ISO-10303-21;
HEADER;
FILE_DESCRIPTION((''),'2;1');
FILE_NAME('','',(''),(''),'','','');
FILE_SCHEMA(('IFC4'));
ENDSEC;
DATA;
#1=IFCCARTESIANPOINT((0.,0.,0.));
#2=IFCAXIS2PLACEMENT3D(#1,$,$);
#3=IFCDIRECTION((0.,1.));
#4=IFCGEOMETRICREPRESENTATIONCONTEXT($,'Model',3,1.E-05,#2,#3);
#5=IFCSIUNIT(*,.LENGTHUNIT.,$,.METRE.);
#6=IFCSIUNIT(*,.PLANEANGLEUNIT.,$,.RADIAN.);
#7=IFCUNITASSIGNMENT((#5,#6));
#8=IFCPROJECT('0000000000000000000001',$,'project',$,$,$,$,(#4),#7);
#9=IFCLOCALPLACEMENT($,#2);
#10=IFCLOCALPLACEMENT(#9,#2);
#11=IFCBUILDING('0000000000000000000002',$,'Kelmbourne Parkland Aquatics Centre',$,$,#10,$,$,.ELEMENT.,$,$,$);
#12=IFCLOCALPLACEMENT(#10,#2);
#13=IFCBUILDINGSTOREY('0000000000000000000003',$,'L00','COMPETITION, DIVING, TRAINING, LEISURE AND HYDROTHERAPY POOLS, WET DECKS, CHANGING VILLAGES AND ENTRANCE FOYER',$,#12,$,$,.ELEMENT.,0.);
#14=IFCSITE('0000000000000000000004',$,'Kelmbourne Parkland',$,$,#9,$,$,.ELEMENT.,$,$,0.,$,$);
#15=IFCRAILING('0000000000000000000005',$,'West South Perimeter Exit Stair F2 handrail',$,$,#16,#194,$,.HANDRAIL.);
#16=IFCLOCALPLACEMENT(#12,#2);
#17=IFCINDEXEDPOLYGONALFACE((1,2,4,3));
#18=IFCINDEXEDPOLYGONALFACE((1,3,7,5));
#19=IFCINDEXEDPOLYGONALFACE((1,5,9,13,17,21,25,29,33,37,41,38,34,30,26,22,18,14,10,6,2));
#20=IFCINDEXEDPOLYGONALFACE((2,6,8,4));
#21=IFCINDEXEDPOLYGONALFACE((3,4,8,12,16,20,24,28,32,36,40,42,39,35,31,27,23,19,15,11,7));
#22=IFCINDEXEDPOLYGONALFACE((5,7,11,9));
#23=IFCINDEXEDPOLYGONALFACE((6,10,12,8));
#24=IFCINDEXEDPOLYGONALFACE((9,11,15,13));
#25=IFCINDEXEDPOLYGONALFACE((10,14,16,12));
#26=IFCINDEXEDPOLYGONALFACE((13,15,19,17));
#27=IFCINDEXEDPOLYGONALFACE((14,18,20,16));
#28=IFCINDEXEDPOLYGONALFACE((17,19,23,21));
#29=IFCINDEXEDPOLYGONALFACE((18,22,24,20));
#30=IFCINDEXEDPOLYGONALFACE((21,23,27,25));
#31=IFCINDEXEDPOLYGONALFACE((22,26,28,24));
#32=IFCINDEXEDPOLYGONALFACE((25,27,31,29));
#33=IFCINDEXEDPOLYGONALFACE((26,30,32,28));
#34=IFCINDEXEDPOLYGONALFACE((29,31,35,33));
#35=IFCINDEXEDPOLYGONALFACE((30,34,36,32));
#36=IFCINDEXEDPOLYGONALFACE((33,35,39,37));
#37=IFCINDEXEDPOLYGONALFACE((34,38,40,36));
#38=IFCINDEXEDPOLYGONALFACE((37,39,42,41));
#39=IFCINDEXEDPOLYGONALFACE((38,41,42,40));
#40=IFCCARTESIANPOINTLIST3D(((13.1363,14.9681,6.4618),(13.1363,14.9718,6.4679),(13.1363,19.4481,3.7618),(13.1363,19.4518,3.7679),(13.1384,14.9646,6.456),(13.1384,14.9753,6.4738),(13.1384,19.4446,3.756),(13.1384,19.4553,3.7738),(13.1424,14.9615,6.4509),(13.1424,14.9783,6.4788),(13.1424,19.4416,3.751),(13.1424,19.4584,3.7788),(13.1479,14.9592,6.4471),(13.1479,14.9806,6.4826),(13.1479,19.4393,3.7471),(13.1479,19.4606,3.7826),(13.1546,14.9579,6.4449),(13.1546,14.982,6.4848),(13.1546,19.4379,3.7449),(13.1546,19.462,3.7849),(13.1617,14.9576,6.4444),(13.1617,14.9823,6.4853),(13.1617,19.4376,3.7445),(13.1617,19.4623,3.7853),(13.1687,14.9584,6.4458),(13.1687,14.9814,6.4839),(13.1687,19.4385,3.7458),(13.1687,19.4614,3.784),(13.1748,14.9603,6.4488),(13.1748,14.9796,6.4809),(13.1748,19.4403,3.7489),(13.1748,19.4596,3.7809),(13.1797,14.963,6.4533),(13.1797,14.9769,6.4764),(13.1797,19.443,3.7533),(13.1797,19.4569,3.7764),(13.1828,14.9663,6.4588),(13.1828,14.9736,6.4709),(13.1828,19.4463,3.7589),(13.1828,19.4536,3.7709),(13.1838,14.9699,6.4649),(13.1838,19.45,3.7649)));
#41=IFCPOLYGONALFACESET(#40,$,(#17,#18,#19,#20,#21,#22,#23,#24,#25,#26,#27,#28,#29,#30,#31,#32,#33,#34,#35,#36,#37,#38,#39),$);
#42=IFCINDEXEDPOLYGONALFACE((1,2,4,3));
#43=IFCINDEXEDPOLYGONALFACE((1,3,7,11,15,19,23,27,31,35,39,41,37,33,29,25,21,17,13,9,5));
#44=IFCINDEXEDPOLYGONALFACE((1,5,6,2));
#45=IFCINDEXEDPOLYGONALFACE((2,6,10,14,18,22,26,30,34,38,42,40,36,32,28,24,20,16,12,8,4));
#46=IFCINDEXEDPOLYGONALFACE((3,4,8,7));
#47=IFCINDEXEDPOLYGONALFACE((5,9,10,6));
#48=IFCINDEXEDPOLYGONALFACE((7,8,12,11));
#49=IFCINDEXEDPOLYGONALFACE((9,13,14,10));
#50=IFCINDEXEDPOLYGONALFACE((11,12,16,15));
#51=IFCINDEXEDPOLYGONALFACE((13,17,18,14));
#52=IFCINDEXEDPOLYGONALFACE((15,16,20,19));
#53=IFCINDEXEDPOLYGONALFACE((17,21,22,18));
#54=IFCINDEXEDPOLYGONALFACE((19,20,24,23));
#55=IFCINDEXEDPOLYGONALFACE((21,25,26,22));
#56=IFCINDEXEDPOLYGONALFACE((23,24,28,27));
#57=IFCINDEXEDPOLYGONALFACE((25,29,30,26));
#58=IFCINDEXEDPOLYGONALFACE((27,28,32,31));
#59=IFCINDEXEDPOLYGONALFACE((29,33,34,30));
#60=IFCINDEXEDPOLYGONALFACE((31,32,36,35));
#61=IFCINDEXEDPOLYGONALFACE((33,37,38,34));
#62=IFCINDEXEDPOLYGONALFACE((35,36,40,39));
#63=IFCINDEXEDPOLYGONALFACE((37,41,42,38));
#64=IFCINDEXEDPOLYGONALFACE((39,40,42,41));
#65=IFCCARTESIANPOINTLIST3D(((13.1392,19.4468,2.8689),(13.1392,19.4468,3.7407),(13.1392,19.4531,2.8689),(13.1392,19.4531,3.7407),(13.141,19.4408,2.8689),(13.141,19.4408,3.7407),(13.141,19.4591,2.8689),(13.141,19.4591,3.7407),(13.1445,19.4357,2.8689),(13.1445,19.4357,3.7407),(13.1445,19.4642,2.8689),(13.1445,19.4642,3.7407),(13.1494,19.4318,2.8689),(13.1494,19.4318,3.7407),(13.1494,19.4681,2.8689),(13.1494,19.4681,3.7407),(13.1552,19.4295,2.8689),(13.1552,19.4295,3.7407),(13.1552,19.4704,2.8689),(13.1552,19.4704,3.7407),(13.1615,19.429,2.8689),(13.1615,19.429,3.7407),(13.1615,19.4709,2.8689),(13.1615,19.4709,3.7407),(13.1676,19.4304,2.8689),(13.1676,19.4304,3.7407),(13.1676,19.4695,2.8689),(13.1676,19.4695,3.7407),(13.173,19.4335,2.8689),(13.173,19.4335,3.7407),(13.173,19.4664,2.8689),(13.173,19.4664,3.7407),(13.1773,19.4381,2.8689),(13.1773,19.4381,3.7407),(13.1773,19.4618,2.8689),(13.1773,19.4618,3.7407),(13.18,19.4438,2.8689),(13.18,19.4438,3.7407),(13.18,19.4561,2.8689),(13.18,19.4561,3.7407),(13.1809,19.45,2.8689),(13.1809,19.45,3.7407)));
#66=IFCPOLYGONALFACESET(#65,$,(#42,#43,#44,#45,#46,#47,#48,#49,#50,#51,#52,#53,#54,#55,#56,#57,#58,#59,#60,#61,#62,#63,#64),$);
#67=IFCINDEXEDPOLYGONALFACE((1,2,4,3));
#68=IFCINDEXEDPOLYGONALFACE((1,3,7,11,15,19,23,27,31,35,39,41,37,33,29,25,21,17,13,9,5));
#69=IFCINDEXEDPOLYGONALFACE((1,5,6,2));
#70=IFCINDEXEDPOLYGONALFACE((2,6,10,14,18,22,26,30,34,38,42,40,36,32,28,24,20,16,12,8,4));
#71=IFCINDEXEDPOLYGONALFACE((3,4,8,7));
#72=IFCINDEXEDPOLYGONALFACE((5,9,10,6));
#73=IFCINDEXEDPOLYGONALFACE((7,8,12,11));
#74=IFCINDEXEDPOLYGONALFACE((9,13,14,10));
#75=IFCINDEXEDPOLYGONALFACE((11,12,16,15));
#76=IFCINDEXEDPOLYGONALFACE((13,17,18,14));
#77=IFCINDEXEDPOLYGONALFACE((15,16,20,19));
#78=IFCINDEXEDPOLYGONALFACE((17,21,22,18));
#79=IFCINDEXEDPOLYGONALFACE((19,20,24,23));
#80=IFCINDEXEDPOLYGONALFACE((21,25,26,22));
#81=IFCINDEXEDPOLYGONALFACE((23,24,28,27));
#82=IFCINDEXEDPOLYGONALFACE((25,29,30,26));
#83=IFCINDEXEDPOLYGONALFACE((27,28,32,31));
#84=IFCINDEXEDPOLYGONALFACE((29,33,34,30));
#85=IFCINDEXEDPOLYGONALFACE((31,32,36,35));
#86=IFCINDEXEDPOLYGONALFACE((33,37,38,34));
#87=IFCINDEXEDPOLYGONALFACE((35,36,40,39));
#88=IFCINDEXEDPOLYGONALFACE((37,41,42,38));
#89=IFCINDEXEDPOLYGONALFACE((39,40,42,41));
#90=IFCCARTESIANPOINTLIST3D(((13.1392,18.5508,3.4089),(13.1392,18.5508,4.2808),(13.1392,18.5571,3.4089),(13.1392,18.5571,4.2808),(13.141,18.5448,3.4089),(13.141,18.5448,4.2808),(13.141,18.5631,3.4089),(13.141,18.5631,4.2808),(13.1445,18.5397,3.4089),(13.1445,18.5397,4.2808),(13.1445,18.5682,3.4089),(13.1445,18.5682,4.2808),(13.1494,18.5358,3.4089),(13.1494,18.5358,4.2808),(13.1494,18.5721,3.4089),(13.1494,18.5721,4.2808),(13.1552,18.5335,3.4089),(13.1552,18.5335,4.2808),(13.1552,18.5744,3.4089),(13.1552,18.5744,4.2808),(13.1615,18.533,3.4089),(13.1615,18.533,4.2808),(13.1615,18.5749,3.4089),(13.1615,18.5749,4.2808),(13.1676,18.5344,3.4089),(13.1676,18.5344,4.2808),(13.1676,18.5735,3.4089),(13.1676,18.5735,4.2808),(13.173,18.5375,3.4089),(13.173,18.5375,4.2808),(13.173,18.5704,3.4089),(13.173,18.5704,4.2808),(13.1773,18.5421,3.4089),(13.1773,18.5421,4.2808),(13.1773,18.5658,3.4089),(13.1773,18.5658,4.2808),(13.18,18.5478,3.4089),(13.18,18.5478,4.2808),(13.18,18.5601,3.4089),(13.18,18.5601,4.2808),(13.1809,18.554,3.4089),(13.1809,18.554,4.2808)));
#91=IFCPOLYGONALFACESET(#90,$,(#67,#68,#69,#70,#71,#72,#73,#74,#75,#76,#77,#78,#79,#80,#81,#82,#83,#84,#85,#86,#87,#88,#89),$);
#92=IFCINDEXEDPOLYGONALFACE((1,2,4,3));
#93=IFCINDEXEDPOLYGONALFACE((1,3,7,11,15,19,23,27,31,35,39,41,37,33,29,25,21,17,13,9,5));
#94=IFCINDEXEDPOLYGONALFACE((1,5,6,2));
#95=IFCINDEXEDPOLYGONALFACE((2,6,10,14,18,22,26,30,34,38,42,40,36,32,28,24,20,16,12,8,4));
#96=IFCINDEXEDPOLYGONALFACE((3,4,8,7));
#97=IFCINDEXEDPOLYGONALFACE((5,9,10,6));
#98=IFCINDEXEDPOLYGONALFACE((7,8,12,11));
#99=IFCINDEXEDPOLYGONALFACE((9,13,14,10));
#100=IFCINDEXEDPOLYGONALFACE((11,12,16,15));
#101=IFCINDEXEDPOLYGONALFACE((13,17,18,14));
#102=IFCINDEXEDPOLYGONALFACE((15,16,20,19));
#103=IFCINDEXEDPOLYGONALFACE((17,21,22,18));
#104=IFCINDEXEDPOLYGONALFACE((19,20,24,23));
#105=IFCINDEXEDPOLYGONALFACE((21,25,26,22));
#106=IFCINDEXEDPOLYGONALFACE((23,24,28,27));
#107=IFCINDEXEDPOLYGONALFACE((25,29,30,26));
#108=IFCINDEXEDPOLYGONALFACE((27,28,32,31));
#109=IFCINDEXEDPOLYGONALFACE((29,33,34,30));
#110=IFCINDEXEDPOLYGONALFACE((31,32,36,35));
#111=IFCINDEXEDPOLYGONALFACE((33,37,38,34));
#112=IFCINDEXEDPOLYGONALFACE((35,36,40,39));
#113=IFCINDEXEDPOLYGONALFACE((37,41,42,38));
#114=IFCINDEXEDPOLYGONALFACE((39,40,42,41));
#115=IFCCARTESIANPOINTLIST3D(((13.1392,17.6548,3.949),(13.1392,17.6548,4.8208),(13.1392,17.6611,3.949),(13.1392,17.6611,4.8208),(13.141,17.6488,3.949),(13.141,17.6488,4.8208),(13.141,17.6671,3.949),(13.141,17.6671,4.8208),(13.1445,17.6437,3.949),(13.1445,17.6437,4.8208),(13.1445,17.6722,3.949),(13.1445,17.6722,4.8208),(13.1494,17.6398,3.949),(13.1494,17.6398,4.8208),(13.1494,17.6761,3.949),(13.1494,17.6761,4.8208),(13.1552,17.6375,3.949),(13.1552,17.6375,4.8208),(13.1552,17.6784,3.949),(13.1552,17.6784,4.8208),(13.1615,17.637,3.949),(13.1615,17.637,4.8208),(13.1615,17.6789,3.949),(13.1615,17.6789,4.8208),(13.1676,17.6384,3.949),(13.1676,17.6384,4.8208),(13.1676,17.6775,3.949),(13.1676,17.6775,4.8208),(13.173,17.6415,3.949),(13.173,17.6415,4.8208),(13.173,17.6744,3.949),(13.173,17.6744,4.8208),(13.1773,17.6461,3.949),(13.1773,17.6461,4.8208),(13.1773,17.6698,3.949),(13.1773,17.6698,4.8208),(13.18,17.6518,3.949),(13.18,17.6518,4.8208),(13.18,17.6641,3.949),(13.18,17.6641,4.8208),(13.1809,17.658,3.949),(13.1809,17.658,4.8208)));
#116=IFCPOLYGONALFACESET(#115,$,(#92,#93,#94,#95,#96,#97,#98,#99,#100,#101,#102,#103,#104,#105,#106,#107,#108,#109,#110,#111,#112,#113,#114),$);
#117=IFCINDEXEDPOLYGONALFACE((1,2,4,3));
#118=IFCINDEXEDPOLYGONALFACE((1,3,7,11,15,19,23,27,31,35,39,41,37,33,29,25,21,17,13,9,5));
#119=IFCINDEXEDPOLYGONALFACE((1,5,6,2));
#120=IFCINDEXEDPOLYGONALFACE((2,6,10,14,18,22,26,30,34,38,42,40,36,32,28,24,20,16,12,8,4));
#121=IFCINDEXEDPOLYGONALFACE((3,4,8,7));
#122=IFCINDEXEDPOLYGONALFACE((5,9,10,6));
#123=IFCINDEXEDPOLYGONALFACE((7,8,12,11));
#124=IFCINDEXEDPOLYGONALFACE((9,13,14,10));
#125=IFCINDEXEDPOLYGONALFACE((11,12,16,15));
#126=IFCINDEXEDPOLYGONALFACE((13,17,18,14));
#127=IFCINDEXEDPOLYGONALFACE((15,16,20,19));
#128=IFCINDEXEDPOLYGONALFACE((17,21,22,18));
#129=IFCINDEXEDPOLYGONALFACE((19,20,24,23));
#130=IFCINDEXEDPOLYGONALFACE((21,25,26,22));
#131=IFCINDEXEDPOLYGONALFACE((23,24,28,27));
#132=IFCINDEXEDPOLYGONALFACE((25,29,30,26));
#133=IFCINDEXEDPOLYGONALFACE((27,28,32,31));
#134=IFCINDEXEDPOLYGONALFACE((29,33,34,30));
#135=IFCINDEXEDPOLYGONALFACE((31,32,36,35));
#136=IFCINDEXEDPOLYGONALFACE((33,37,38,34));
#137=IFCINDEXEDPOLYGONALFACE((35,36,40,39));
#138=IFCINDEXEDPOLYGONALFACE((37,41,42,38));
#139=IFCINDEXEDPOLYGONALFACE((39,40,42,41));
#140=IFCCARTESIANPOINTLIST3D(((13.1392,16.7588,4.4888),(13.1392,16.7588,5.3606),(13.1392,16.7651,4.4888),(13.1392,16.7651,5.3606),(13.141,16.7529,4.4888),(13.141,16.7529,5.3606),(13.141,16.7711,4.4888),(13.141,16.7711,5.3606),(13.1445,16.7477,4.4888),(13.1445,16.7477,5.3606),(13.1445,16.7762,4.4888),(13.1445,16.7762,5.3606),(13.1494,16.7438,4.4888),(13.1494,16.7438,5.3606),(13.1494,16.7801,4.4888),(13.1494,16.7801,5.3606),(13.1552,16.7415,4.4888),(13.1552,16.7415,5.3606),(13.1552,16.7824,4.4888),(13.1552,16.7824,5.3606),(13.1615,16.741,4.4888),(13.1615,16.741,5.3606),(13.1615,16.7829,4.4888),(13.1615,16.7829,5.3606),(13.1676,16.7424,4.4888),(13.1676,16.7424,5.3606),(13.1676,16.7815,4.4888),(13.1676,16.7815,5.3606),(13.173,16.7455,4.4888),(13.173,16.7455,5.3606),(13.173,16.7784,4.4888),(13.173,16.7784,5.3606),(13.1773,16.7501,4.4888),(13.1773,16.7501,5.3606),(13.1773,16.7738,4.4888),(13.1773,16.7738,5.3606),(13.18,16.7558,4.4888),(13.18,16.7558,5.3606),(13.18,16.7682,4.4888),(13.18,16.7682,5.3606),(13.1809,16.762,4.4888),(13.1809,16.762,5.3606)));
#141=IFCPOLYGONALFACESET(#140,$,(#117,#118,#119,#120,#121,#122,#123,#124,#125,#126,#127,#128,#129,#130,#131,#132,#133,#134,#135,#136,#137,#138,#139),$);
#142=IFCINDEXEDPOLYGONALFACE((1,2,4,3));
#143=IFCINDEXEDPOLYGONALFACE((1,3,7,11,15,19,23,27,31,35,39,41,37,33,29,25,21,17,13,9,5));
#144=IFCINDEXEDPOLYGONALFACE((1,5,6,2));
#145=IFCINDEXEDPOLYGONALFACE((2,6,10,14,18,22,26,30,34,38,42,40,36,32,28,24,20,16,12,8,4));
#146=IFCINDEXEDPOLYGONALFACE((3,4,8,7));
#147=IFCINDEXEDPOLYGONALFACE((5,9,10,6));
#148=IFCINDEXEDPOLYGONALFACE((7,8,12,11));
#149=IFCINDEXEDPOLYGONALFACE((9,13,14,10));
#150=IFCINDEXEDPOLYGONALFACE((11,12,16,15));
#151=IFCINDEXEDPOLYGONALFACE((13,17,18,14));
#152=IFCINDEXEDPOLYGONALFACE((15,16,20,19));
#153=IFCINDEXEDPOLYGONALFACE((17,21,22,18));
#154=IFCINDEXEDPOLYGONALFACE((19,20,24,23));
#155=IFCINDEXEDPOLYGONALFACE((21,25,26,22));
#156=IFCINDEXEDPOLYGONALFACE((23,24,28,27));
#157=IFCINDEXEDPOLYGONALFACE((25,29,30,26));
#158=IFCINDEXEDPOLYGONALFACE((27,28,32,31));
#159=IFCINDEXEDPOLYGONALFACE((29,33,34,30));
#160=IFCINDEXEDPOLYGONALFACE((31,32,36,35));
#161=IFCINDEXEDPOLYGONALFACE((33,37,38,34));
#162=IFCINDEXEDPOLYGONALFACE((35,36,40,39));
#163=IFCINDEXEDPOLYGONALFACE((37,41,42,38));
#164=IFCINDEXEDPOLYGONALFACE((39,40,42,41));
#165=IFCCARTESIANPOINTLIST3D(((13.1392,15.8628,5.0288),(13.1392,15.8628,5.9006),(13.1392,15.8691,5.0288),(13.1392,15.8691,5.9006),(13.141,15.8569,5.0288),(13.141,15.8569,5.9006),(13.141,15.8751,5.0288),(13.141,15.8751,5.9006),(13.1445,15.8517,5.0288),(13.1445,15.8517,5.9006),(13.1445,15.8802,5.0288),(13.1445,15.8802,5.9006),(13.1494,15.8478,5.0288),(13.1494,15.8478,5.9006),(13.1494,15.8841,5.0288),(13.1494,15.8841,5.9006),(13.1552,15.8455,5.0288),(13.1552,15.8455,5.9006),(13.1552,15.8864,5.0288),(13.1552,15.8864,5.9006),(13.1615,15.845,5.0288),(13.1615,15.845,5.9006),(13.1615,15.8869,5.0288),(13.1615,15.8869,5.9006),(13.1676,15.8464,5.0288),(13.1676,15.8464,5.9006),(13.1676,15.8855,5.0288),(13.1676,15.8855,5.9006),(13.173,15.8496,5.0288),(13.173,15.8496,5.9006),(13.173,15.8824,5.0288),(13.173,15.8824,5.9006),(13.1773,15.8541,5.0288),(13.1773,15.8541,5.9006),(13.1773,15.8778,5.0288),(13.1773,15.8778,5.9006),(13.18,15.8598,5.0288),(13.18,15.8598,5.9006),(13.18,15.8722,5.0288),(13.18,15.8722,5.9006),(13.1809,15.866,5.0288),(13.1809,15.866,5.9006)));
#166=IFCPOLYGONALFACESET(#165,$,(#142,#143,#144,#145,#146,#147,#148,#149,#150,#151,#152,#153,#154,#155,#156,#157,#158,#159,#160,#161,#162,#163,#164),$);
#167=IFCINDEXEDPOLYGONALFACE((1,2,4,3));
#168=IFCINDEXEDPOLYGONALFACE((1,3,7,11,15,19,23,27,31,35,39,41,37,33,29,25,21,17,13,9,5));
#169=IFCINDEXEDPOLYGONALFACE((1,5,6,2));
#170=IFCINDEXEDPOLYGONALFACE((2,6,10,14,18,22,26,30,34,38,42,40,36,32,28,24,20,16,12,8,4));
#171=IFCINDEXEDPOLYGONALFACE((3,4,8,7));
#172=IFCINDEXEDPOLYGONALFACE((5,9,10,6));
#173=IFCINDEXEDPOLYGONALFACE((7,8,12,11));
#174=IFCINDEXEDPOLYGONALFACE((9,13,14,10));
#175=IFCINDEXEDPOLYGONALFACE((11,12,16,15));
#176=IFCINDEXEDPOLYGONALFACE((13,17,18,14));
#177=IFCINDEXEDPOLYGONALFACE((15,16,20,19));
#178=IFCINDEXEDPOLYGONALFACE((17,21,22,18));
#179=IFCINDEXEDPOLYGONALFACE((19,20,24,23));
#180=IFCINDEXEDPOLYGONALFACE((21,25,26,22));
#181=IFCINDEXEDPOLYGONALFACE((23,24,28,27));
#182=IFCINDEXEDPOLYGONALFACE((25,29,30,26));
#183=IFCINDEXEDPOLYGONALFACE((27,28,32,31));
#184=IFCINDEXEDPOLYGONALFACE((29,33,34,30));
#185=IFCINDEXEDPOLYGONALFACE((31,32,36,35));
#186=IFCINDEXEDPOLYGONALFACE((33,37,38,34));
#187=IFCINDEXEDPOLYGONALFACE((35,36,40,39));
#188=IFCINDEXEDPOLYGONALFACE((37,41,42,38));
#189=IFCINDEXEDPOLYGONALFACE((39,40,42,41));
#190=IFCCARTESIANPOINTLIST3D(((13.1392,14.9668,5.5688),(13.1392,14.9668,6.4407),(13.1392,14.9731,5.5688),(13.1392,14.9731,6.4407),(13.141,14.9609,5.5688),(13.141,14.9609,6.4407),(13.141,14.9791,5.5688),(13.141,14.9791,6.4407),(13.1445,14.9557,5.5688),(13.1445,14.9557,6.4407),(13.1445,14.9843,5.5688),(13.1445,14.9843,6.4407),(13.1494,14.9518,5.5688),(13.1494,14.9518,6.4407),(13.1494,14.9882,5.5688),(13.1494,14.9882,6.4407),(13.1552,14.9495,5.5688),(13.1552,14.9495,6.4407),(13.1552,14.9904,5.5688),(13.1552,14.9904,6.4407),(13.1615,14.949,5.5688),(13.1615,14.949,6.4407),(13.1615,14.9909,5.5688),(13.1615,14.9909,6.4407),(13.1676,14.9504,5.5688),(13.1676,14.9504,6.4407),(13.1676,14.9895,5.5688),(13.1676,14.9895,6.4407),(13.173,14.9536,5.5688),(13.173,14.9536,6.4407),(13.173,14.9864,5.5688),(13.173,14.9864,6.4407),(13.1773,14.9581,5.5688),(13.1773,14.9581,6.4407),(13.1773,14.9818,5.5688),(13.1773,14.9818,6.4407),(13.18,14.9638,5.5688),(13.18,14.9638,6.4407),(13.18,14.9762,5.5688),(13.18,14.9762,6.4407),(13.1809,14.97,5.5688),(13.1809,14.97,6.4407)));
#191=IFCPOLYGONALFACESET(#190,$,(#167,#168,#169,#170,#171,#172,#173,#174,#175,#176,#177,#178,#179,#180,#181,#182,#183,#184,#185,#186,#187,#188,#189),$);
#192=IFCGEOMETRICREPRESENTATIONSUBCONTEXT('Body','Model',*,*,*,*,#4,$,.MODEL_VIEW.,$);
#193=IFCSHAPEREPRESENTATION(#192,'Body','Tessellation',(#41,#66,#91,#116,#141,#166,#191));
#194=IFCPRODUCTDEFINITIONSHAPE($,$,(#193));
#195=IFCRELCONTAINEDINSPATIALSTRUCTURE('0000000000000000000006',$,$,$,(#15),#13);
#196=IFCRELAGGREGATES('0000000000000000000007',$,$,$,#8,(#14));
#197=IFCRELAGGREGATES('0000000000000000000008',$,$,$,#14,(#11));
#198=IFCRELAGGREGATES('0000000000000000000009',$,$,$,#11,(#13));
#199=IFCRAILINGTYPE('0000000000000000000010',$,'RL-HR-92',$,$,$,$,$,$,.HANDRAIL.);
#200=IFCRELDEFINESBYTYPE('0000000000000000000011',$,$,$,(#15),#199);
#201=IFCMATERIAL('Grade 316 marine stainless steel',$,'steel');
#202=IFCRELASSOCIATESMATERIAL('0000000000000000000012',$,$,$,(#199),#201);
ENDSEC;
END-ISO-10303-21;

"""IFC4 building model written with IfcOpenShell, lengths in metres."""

from ifc_helpers import new_model, si_unit, direction, frame, origin, origin_2d, place, context, subcontext, project, spatial, circle, extrude, material, type_object, element, save


model = new_model("IFC4")

# Units and contexts
model_context = context("Model", 3, precision=1e-05, world=origin(), true_north=direction((0.0, 1.0)))
body_context = subcontext(model_context, "Body", "Model", "MODEL_VIEW")
ifc_project = project(units=[si_unit("LENGTHUNIT", "METRE"), si_unit("PLANEANGLEUNIT", "RADIAN")], contexts=[model_context])

# Site, building, storey
site_placement = place(None, origin())
site = spatial("IfcSite", under=ifc_project, at=site_placement, Name="Kelmbourne Parkland", CompositionType="ELEMENT", RefElevation=0.0)
building_placement = place(site_placement, origin())
building = spatial("IfcBuilding", under=site, at=building_placement, Name="Kelmbourne Parkland Aquatics Centre", CompositionType="ELEMENT")
storey_placement = place(building_placement, origin())
storey = spatial("IfcBuildingStorey", under=building, at=storey_placement, Name="L00", Description="COMPETITION, DIVING, TRAINING, LEISURE AND HYDROTHERAPY POOLS, WET DECKS, CHANGING VILLAGES AND ENTRANCE FOYER", CompositionType="ELEMENT", Elevation=0.0)

# Railing
ifc_material_1 = material(Name="Grade 316 marine stainless steel", Category="steel")
railing_type_1 = type_object("IfcRailingType", Name="RL-HR-92", PredefinedType="HANDRAIL", material=ifc_material_1)
for number, where, name in (
    (1, (13.1599, 19.45, 2.8689), "West South Perimeter Exit Stair F2 handrail"),
):
    element("IfcRailing", number, at=place(storey_placement, frame(where)), inside=storey, type_object=railing_type_1, Name=name, PredefinedType="HANDRAIL", context=body_context, shape_type="SweptSolid", body=[
        extrude(circle(Radius=0.0239, at=origin_2d()), frame((0.0, 0.0, 0.896), z_axis=(0.0, -0.856482, 0.516176), x_axis=(1.0, 0.0, 0.0)), (0.0, 0.0, 1.0), 5.2307),
        extrude(circle(Radius=0.021, at=origin_2d()), origin(), (0.0, 0.0, 1.0), 0.8718),
        extrude(circle(Radius=0.021, at=origin_2d()), frame((0.0, -0.896, 0.54)), (0.0, 0.0, 1.0), 0.8718),
        extrude(circle(Radius=0.021, at=origin_2d()), frame((0.0, -1.792, 1.0801)), (0.0, 0.0, 1.0), 0.8718),
        extrude(circle(Radius=0.021, at=origin_2d()), frame((0.0, -2.688, 1.6199)), (0.0, 0.0, 1.0), 0.8718),
        extrude(circle(Radius=0.021, at=origin_2d()), frame((0.0, -3.584, 2.1599)), (0.0, 0.0, 1.0), 0.8718),
        extrude(circle(Radius=0.021, at=origin_2d()), frame((0.0, -4.48, 2.7)), (0.0, 0.0, 1.0), 0.8718),
    ])

save(model, "model.ifc")
